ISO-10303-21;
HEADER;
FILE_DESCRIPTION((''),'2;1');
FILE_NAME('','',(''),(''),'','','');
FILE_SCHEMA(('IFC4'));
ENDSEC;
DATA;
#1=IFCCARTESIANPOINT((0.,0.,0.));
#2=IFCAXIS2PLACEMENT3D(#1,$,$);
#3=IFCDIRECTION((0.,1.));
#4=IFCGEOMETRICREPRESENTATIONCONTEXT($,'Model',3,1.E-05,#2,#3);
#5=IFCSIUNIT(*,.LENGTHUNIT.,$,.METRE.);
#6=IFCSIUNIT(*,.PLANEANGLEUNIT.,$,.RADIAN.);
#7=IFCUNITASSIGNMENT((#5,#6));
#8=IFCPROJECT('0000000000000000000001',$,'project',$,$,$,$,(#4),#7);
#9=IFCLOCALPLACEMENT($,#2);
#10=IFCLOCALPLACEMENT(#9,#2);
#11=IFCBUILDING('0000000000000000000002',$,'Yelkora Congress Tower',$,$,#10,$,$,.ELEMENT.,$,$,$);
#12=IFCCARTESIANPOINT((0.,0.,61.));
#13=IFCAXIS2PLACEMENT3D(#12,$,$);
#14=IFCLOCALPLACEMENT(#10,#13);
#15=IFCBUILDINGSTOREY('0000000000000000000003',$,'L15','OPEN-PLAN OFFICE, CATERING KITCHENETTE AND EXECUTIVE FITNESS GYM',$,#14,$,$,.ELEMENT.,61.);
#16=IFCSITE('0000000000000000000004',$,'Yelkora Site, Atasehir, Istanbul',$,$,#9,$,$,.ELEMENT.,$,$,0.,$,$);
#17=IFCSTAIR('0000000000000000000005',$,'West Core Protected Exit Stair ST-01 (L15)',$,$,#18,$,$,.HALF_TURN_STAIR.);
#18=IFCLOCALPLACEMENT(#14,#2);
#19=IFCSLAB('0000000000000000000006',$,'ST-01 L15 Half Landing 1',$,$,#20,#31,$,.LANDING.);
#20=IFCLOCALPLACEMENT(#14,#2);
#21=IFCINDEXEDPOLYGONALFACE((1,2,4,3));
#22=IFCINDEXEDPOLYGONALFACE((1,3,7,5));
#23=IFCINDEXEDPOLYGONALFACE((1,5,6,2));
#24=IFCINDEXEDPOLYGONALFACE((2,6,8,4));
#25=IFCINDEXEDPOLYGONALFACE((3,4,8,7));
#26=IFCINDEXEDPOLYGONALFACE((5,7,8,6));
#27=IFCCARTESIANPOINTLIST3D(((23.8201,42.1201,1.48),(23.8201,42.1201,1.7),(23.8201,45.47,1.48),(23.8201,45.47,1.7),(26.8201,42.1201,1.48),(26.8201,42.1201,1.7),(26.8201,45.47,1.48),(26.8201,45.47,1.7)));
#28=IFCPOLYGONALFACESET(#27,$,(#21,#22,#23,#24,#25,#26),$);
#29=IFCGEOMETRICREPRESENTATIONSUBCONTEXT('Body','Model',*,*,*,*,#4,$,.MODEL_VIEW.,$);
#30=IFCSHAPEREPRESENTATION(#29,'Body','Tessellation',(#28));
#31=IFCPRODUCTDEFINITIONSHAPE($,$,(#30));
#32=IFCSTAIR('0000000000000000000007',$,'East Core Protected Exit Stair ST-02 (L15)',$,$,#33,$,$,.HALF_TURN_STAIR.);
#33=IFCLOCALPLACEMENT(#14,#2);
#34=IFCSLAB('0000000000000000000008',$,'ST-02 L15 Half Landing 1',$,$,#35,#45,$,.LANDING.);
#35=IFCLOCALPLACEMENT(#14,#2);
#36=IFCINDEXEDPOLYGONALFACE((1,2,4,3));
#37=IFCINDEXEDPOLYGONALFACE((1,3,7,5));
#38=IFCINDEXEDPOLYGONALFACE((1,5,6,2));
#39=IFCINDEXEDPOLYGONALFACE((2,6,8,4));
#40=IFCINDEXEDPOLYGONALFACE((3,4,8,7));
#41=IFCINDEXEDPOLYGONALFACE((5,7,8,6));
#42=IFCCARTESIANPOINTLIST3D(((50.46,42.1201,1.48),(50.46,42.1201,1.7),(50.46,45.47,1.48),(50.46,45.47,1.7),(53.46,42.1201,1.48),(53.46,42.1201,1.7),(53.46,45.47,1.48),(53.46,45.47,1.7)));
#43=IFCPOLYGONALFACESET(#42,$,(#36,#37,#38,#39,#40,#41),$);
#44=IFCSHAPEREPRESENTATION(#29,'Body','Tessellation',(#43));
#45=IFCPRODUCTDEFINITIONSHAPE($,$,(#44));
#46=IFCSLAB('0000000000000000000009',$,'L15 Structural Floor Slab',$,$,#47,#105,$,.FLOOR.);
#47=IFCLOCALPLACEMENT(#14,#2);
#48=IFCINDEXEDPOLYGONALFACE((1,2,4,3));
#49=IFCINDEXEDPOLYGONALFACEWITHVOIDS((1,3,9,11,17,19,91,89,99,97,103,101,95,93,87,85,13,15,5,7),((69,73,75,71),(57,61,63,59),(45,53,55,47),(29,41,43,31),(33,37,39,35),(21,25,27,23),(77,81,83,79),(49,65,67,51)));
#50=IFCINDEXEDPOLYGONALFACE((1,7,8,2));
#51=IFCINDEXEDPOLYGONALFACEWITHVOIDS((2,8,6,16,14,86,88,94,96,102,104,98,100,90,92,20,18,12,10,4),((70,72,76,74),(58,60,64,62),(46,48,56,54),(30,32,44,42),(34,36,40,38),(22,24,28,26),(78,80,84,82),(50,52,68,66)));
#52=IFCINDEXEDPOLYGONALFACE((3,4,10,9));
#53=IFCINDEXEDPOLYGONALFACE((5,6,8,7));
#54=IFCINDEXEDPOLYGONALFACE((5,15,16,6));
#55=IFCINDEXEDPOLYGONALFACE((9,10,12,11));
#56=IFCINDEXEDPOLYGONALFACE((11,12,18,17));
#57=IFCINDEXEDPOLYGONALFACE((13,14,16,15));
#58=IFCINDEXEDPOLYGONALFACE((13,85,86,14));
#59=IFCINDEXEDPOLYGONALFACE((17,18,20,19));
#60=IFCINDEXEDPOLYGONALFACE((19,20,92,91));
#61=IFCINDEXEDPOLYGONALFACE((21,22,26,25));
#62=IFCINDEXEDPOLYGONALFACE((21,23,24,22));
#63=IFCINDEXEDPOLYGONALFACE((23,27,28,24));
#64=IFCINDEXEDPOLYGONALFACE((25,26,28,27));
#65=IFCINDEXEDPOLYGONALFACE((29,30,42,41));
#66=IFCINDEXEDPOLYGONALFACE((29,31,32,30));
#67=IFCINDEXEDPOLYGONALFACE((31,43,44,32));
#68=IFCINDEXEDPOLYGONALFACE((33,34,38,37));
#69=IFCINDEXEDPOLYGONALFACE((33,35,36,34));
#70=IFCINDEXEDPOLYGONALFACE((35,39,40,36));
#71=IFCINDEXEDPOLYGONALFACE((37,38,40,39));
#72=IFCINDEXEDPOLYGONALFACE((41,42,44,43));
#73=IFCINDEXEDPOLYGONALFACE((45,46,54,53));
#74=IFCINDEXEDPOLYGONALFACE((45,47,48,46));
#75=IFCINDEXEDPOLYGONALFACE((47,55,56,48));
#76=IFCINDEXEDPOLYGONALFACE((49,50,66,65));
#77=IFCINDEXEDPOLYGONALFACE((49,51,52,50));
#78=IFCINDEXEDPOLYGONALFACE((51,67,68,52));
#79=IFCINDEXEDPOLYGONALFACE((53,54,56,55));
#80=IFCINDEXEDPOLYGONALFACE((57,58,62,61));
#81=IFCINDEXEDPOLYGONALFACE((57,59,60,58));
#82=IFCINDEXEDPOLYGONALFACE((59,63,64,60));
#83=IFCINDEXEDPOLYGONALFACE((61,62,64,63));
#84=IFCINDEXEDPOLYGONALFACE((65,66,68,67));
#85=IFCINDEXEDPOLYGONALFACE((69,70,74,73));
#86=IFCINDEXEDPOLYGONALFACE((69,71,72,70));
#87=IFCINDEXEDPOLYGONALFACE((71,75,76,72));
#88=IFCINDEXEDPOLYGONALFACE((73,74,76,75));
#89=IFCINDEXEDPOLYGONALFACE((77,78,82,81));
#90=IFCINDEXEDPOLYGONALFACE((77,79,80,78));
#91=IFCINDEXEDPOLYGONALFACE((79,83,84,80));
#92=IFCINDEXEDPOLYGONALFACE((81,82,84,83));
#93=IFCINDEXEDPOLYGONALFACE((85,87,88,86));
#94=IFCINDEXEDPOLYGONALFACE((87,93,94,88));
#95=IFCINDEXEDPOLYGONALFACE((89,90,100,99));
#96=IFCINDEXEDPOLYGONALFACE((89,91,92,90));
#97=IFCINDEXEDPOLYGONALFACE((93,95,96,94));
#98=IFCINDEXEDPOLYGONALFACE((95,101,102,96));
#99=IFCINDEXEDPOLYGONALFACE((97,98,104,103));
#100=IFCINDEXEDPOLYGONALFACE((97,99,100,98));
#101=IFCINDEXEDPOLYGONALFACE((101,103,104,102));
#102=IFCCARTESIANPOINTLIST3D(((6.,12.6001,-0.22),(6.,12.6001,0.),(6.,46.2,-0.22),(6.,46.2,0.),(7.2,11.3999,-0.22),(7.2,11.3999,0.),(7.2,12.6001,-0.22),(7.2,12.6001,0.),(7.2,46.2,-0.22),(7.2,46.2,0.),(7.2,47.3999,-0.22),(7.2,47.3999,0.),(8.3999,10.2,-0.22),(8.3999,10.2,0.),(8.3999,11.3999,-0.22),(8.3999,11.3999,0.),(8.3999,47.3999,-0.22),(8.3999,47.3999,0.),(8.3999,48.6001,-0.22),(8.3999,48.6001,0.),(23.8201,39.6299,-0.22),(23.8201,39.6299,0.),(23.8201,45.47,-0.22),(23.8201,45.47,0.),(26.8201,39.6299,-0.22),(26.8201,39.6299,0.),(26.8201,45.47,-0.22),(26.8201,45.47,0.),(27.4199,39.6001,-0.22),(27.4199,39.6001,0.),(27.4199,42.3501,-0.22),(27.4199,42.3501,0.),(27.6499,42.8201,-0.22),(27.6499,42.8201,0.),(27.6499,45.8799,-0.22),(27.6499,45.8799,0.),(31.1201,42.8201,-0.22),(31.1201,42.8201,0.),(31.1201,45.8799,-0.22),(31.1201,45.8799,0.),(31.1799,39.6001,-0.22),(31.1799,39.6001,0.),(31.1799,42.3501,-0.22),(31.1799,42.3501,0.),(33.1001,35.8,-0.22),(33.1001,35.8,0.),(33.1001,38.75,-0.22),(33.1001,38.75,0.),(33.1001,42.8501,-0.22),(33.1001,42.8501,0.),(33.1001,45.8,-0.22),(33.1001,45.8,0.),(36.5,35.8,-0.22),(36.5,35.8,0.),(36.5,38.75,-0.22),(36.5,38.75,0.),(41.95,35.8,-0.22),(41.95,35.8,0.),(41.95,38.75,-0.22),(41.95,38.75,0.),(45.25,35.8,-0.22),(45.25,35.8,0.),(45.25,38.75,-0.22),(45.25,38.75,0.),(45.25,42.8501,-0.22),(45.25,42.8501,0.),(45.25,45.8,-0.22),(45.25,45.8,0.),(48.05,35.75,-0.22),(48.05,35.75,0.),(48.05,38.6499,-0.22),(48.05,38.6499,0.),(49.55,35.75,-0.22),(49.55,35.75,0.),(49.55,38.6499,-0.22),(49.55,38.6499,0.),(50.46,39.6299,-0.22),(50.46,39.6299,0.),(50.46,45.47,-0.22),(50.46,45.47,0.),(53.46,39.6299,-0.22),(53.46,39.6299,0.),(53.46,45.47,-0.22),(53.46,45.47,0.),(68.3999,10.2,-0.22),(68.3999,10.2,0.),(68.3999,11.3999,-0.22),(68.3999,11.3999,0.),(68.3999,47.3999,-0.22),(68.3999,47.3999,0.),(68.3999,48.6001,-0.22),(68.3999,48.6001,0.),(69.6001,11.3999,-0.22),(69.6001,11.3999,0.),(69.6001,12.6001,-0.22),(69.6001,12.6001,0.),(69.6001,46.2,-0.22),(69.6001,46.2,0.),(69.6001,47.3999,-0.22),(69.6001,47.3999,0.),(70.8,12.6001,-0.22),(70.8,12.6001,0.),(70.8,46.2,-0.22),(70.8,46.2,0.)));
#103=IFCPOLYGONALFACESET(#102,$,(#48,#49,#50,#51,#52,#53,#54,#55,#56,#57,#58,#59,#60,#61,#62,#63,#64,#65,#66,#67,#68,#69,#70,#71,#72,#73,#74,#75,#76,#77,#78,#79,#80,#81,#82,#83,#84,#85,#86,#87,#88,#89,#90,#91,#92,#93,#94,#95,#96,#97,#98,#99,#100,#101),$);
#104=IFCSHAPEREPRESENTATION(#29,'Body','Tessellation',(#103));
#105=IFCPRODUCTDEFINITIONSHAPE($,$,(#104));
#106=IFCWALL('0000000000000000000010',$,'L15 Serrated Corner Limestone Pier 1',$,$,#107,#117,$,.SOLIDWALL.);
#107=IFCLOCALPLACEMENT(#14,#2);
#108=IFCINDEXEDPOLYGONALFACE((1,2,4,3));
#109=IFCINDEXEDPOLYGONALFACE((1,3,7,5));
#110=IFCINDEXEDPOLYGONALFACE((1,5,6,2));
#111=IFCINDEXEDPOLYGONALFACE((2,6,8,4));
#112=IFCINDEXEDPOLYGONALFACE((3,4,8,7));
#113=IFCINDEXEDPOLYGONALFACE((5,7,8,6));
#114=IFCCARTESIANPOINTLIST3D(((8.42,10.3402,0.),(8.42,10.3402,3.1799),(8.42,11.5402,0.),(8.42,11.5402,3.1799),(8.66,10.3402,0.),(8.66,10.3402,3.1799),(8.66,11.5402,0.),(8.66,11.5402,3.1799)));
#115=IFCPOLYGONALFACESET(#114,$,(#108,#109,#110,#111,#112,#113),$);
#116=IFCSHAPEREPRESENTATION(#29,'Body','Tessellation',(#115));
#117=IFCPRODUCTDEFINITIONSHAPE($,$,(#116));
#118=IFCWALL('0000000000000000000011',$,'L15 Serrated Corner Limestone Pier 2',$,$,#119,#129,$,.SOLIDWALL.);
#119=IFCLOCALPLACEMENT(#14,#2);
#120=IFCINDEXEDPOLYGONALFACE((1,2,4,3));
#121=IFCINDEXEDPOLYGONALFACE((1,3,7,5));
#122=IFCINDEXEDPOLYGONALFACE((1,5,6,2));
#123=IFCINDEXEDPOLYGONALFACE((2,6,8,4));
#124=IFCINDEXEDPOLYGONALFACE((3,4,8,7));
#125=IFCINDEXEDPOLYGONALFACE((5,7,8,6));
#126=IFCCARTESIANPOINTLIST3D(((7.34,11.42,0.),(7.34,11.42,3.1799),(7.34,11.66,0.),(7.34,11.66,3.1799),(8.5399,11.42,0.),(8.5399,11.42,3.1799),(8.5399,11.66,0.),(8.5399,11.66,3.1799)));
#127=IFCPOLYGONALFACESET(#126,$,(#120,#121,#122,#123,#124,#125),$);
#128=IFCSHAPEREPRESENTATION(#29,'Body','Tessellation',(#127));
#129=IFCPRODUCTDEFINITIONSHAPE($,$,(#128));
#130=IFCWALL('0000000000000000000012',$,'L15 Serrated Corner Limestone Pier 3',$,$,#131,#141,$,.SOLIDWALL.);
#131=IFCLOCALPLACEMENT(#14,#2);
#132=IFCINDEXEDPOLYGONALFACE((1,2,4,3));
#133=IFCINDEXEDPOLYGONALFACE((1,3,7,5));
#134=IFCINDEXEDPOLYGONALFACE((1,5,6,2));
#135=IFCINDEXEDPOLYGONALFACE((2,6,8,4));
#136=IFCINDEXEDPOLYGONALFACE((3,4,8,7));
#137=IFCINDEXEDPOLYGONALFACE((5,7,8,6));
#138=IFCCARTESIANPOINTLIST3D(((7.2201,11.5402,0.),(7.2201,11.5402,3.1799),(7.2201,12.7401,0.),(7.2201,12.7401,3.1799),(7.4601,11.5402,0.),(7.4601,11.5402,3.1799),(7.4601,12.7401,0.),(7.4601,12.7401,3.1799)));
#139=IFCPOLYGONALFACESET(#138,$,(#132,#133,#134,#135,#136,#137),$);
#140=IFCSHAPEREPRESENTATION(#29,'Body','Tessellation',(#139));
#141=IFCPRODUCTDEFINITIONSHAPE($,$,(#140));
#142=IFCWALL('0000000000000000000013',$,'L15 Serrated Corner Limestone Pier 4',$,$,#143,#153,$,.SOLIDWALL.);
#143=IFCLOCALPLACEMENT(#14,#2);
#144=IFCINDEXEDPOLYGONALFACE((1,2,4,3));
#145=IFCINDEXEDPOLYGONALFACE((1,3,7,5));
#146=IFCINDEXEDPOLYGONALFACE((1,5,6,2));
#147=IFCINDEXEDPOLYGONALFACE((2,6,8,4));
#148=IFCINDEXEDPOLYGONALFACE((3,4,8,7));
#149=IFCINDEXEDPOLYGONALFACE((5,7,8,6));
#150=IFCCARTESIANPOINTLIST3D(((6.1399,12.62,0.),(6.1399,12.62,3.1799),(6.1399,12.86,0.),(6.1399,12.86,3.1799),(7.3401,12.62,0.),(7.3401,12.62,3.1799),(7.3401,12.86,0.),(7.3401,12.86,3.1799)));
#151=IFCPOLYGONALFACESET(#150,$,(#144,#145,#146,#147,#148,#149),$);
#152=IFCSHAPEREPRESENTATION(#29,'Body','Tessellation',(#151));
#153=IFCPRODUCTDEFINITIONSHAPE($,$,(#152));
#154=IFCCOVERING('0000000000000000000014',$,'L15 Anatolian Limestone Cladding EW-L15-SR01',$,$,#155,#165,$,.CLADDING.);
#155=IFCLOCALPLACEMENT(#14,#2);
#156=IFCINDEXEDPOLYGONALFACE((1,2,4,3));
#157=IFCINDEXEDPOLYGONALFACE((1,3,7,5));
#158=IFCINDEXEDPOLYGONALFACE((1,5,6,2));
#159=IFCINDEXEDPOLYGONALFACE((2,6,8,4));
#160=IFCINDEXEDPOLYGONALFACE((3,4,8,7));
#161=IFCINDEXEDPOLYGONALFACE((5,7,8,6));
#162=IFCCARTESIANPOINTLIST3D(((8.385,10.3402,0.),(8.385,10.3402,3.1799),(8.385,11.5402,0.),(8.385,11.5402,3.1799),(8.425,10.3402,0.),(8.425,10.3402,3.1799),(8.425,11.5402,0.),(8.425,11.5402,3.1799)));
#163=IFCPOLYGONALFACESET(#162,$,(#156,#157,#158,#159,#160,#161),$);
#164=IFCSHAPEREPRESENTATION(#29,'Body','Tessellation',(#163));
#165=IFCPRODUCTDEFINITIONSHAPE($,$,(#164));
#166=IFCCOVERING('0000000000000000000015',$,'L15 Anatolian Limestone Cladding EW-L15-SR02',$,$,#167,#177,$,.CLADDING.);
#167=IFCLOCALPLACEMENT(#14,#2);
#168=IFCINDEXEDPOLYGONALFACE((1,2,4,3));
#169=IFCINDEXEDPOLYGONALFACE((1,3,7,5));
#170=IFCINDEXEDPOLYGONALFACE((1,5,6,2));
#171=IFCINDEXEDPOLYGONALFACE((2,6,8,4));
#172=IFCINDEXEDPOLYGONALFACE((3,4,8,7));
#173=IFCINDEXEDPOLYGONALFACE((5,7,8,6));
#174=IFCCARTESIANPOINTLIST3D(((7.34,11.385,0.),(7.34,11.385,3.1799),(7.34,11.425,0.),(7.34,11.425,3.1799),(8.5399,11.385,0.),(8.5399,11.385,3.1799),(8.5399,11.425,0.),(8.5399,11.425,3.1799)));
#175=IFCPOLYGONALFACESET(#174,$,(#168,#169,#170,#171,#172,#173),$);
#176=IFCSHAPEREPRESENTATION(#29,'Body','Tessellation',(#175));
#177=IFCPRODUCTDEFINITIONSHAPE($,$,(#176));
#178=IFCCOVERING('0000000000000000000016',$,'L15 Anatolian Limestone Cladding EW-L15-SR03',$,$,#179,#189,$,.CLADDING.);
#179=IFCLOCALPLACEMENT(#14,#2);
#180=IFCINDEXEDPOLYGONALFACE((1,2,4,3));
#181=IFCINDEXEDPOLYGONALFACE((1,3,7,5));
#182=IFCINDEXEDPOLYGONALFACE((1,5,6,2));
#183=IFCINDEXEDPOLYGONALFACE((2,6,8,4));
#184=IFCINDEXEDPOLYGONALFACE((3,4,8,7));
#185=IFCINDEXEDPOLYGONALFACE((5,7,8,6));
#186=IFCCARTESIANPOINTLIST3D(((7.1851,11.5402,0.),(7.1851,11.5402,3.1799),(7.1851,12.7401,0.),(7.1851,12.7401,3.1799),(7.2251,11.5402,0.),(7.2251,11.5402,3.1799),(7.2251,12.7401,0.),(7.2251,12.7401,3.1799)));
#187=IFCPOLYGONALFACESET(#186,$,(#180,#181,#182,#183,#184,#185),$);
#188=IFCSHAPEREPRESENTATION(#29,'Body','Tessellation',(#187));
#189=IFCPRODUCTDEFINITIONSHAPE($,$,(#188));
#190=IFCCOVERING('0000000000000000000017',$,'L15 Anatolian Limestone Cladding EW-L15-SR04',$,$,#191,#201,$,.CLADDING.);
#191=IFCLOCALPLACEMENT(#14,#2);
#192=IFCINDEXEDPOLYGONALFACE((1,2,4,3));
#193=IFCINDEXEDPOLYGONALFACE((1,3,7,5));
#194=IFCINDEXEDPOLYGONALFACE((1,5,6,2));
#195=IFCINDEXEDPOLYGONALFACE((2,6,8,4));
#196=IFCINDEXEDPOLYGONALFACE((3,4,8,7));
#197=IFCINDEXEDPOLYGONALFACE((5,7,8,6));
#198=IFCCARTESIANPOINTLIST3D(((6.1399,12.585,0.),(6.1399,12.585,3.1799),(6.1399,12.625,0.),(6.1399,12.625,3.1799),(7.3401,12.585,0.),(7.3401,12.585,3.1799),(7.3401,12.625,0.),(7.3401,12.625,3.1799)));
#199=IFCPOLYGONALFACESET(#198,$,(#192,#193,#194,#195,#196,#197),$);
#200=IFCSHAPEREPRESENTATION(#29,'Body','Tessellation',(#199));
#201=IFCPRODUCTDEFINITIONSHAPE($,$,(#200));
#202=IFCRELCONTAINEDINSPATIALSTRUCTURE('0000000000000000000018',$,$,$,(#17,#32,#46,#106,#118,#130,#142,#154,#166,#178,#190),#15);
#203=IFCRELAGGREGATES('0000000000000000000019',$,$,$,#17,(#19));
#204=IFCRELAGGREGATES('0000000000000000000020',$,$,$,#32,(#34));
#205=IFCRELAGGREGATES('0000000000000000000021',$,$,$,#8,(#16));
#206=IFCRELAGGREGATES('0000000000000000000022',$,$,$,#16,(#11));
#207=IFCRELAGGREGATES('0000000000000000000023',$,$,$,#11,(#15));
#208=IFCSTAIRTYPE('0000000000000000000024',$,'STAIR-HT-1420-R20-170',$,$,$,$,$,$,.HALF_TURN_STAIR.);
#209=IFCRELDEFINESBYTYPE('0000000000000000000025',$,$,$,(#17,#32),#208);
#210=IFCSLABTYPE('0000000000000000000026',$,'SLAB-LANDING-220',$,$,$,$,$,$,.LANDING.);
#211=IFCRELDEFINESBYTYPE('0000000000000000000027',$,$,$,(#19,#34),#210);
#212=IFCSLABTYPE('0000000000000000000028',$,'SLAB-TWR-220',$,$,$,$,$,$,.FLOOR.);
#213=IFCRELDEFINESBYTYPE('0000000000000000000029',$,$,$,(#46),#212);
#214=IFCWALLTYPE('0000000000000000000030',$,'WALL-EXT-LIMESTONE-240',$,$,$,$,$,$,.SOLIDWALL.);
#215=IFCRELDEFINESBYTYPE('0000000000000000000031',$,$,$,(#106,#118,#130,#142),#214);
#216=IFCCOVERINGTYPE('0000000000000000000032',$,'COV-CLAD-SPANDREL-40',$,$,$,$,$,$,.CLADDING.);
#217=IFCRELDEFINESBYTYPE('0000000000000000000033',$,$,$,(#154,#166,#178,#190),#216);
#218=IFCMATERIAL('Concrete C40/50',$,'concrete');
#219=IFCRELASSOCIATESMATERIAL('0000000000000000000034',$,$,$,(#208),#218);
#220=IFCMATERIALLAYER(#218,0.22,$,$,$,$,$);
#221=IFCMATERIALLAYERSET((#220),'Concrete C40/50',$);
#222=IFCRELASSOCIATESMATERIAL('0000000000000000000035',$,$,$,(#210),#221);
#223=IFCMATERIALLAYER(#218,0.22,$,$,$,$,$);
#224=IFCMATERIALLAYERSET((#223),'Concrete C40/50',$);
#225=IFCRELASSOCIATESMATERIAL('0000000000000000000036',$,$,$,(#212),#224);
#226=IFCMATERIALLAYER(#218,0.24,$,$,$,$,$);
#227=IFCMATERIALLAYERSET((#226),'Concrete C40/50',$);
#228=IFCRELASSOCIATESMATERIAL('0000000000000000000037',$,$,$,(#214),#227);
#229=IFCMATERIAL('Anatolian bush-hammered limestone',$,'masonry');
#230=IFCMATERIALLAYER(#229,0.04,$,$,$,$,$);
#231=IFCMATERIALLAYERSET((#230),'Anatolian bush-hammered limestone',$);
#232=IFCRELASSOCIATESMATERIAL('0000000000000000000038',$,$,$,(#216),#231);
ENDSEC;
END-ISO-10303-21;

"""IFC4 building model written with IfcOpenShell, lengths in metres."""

from ifc_helpers import new_model, si_unit, direction, frame, frame_2d, origin, place, context, subcontext, project, spatial, polyline, rectangle, outline, extrude, material, layer, layer_set, type_object, element, aggregate, save


model = new_model("IFC4")

# Units and contexts
model_context = context("Model", 3, precision=1e-05, world=origin(), true_north=direction((0.0, 1.0)))
body_context = subcontext(model_context, "Body", "Model", "MODEL_VIEW")
ifc_project = project(units=[si_unit("LENGTHUNIT", "METRE"), si_unit("PLANEANGLEUNIT", "RADIAN")], contexts=[model_context])

# Site, building, storey
site_placement = place(None, origin())
site = spatial("IfcSite", under=ifc_project, at=site_placement, Name="Yelkora Site, Atasehir, Istanbul", CompositionType="ELEMENT", RefElevation=0.0)
building_placement = place(site_placement, origin())
building = spatial("IfcBuilding", under=site, at=building_placement, Name="Yelkora Congress Tower", CompositionType="ELEMENT")
storey_placement = place(building_placement, frame((0.0, 0.0, 61.0)))
storey = spatial("IfcBuildingStorey", under=building, at=storey_placement, Name="L15", Description="OPEN-PLAN OFFICE, CATERING KITCHENETTE AND EXECUTIVE FITNESS GYM", CompositionType="ELEMENT", Elevation=61.0)

# Stairs, slabs
ifc_material_1 = material(Name="Concrete C40/50", Category="concrete")
stair_type = type_object("IfcStairType", Name="STAIR-HT-1420-R20-170", PredefinedType="HALF_TURN_STAIR", material=ifc_material_1)
stair_1_placement = place(storey_placement, origin())
stair_1 = element("IfcStair", 1, at=stair_1_placement, inside=storey, type_object=stair_type, Name="West Core Protected Exit Stair ST-01 (L15)", PredefinedType="HALF_TURN_STAIR")
ifc_layer_1 = layer(ifc_material_1, 0.22)
ifc_layer_set_1 = layer_set([ifc_layer_1], Name="Concrete C40/50")
slab_type_1 = type_object("IfcSlabType", Name="SLAB-LANDING-220", PredefinedType="LANDING", material=ifc_layer_set_1)
slab_1_placement = place(storey_placement, frame((0.0, 0.0, 1.48)))
slab_1 = element("IfcSlab", 2, at=slab_1_placement, type_object=slab_type_1, Name="ST-01 L15 Half Landing 1", PredefinedType="LANDING", context=body_context, shape_type="SweptSolid", body=[
    extrude(outline(polyline([(26.8201, 42.1201), (26.8201, 45.47), (23.8201, 45.47), (23.8201, 42.1201), (26.8201, 42.1201)])), origin(), (0.0, 0.0, 1.0), 0.22),
])
aggregate(stair_1, [slab_1])
stair_2_placement = place(storey_placement, origin())
stair_2 = element("IfcStair", 3, at=stair_2_placement, inside=storey, type_object=stair_type, Name="East Core Protected Exit Stair ST-02 (L15)", PredefinedType="HALF_TURN_STAIR")
slab_2_placement = place(storey_placement, frame((0.0, 0.0, 1.48)))
slab_2 = element("IfcSlab", 4, at=slab_2_placement, type_object=slab_type_1, Name="ST-02 L15 Half Landing 1", PredefinedType="LANDING", context=body_context, shape_type="SweptSolid", body=[
    extrude(outline(polyline([(53.46, 42.1201), (53.46, 45.47), (50.46, 45.47), (50.46, 42.1201), (53.46, 42.1201)])), origin(), (0.0, 0.0, 1.0), 0.22),
])
aggregate(stair_2, [slab_2])

# Slab
ifc_layer_2 = layer(ifc_material_1, 0.22)
ifc_layer_set_2 = layer_set([ifc_layer_2], Name="Concrete C40/50")
slab_type_2 = type_object("IfcSlabType", Name="SLAB-TWR-220", PredefinedType="FLOOR", material=ifc_layer_set_2)
slab_3_placement = place(storey_placement, frame((0.0, 0.0, -0.22)))
element("IfcSlab", 5, at=slab_3_placement, inside=storey, type_object=slab_type_2, Name="L15 Structural Floor Slab", PredefinedType="FLOOR", context=body_context, shape_type="SweptSolid", body=[
    extrude(outline(polyline([(8.3999, 10.2), (68.3999, 10.2), (68.3999, 11.3999), (69.6001, 11.3999), (69.6001, 12.6001), (70.8, 12.6001), (70.8, 46.2), (69.6001, 46.2), (69.6001, 47.3999), (68.3999, 47.3999), (68.3999, 48.6001), (8.3999, 48.6001), (8.3999, 47.3999), (7.2, 47.3999), (7.2, 46.2), (6.0, 46.2), (6.0, 12.6001), (7.2, 12.6001), (7.2, 11.3999), (8.3999, 11.3999), (8.3999, 10.2)]), holes=[polyline([(23.8201, 39.6299), (26.8201, 39.6299), (26.8201, 45.47), (23.8201, 45.47), (23.8201, 39.6299)]), polyline([(50.46, 39.6299), (53.46, 39.6299), (53.46, 45.47), (50.46, 45.47), (50.46, 39.6299)]), polyline([(48.05, 35.75), (49.55, 35.75), (49.55, 38.6499), (48.05, 38.6499), (48.05, 35.75)]), polyline([(41.95, 35.8), (45.25, 35.8), (45.25, 38.75), (41.95, 38.75), (41.95, 35.8)]), polyline([(33.1001, 42.8501), (45.25, 42.8501), (45.25, 45.8), (33.1001, 45.8), (33.1001, 42.8501)]), polyline([(33.1001, 35.8), (36.5, 35.8), (36.5, 38.75), (33.1001, 38.75), (33.1001, 35.8)]), polyline([(27.4199, 39.6001), (31.1799, 39.6001), (31.1799, 42.3501), (27.4199, 42.3501), (27.4199, 39.6001)]), polyline([(27.6499, 42.8201), (31.1201, 42.8201), (31.1201, 45.8799), (27.6499, 45.8799), (27.6499, 42.8201)])]), origin(), (0.0, 0.0, 1.0), 0.22),
])

# Walls
ifc_layer_3 = layer(ifc_material_1, 0.24)
ifc_layer_set_3 = layer_set([ifc_layer_3], Name="Concrete C40/50")
wall_type = type_object("IfcWallType", Name="WALL-EXT-LIMESTONE-240", PredefinedType="SOLIDWALL", material=ifc_layer_set_3)
for number, where, z_axis, x_axis, name in (
    (6, (8.54, 10.3401, 0.0), (0.0, 0.0, 1.0), (0.0, 1.0, 0.0), "L15 Serrated Corner Limestone Pier 1"),
    (7, (8.54, 11.54, 0.0), (0.0, 0.0, 1.0), (-1.0, 0.0, 0.0), "L15 Serrated Corner Limestone Pier 2"),
    (8, (7.3401, 11.54, 0.0), (0.0, 0.0, 1.0), (0.0, 1.0, 0.0), "L15 Serrated Corner Limestone Pier 3"),
):
    element("IfcWall", number, at=place(storey_placement, frame(where, z_axis=z_axis, x_axis=x_axis)), inside=storey, type_object=wall_type, Name=name, PredefinedType="SOLIDWALL", context=body_context, shape_type="SweptSolid", body=[
        extrude(rectangle(XDim=1.2, YDim=0.24, at=frame_2d((0.6001, 0.0))), origin(), (0.0, 0.0, 1.0), 3.1799),
    ])
wall_placement = place(storey_placement, frame((7.3401, 12.74, 0.0), z_axis=(0.0, 0.0, 1.0), x_axis=(-1.0, 0.0, 0.0)))
element("IfcWall", 9, at=wall_placement, inside=storey, type_object=wall_type, Name="L15 Serrated Corner Limestone Pier 4", PredefinedType="SOLIDWALL", context=body_context, shape_type="SweptSolid", body=[
    extrude(rectangle(XDim=1.2002, YDim=0.24, at=frame_2d((0.6001, 0.0))), origin(), (0.0, 0.0, 1.0), 3.1799),
])

# Coverings
ifc_material_2 = material(Name="Anatolian bush-hammered limestone", Category="masonry")
ifc_layer_4 = layer(ifc_material_2, 0.04)
ifc_layer_set_4 = layer_set([ifc_layer_4], Name="Anatolian bush-hammered limestone")
covering_type = type_object("IfcCoveringType", Name="COV-CLAD-SPANDREL-40", PredefinedType="CLADDING", material=ifc_layer_set_4)
for number, where, z_axis, x_axis, name in (
    (10, (8.405, 10.3401, 0.0), (0.0, 0.0, 1.0), (0.0, 1.0, 0.0), "L15 Anatolian Limestone Cladding EW-L15-SR01"),
    (11, (8.54, 11.405, 0.0), (0.0, 0.0, 1.0), (-1.0, 0.0, 0.0), "L15 Anatolian Limestone Cladding EW-L15-SR02"),
    (12, (7.2051, 11.54, 0.0), (0.0, 0.0, 1.0), (0.0, 1.0, 0.0), "L15 Anatolian Limestone Cladding EW-L15-SR03"),
):
    element("IfcCovering", number, at=place(storey_placement, frame(where, z_axis=z_axis, x_axis=x_axis)), inside=storey, type_object=covering_type, Name=name, PredefinedType="CLADDING", context=body_context, shape_type="SweptSolid", body=[
        extrude(rectangle(XDim=1.2, YDim=0.04, at=frame_2d((0.6001, 0.0))), origin(), (0.0, 0.0, 1.0), 3.1799),
    ])
covering_placement = place(storey_placement, frame((7.3401, 12.605, 0.0), z_axis=(0.0, 0.0, 1.0), x_axis=(-1.0, 0.0, 0.0)))
element("IfcCovering", 13, at=covering_placement, inside=storey, type_object=covering_type, Name="L15 Anatolian Limestone Cladding EW-L15-SR04", PredefinedType="CLADDING", context=body_context, shape_type="SweptSolid", body=[
    extrude(rectangle(XDim=1.2002, YDim=0.04, at=frame_2d((0.6001, 0.0))), origin(), (0.0, 0.0, 1.0), 3.1799),
])

save(model, "model.ifc")
